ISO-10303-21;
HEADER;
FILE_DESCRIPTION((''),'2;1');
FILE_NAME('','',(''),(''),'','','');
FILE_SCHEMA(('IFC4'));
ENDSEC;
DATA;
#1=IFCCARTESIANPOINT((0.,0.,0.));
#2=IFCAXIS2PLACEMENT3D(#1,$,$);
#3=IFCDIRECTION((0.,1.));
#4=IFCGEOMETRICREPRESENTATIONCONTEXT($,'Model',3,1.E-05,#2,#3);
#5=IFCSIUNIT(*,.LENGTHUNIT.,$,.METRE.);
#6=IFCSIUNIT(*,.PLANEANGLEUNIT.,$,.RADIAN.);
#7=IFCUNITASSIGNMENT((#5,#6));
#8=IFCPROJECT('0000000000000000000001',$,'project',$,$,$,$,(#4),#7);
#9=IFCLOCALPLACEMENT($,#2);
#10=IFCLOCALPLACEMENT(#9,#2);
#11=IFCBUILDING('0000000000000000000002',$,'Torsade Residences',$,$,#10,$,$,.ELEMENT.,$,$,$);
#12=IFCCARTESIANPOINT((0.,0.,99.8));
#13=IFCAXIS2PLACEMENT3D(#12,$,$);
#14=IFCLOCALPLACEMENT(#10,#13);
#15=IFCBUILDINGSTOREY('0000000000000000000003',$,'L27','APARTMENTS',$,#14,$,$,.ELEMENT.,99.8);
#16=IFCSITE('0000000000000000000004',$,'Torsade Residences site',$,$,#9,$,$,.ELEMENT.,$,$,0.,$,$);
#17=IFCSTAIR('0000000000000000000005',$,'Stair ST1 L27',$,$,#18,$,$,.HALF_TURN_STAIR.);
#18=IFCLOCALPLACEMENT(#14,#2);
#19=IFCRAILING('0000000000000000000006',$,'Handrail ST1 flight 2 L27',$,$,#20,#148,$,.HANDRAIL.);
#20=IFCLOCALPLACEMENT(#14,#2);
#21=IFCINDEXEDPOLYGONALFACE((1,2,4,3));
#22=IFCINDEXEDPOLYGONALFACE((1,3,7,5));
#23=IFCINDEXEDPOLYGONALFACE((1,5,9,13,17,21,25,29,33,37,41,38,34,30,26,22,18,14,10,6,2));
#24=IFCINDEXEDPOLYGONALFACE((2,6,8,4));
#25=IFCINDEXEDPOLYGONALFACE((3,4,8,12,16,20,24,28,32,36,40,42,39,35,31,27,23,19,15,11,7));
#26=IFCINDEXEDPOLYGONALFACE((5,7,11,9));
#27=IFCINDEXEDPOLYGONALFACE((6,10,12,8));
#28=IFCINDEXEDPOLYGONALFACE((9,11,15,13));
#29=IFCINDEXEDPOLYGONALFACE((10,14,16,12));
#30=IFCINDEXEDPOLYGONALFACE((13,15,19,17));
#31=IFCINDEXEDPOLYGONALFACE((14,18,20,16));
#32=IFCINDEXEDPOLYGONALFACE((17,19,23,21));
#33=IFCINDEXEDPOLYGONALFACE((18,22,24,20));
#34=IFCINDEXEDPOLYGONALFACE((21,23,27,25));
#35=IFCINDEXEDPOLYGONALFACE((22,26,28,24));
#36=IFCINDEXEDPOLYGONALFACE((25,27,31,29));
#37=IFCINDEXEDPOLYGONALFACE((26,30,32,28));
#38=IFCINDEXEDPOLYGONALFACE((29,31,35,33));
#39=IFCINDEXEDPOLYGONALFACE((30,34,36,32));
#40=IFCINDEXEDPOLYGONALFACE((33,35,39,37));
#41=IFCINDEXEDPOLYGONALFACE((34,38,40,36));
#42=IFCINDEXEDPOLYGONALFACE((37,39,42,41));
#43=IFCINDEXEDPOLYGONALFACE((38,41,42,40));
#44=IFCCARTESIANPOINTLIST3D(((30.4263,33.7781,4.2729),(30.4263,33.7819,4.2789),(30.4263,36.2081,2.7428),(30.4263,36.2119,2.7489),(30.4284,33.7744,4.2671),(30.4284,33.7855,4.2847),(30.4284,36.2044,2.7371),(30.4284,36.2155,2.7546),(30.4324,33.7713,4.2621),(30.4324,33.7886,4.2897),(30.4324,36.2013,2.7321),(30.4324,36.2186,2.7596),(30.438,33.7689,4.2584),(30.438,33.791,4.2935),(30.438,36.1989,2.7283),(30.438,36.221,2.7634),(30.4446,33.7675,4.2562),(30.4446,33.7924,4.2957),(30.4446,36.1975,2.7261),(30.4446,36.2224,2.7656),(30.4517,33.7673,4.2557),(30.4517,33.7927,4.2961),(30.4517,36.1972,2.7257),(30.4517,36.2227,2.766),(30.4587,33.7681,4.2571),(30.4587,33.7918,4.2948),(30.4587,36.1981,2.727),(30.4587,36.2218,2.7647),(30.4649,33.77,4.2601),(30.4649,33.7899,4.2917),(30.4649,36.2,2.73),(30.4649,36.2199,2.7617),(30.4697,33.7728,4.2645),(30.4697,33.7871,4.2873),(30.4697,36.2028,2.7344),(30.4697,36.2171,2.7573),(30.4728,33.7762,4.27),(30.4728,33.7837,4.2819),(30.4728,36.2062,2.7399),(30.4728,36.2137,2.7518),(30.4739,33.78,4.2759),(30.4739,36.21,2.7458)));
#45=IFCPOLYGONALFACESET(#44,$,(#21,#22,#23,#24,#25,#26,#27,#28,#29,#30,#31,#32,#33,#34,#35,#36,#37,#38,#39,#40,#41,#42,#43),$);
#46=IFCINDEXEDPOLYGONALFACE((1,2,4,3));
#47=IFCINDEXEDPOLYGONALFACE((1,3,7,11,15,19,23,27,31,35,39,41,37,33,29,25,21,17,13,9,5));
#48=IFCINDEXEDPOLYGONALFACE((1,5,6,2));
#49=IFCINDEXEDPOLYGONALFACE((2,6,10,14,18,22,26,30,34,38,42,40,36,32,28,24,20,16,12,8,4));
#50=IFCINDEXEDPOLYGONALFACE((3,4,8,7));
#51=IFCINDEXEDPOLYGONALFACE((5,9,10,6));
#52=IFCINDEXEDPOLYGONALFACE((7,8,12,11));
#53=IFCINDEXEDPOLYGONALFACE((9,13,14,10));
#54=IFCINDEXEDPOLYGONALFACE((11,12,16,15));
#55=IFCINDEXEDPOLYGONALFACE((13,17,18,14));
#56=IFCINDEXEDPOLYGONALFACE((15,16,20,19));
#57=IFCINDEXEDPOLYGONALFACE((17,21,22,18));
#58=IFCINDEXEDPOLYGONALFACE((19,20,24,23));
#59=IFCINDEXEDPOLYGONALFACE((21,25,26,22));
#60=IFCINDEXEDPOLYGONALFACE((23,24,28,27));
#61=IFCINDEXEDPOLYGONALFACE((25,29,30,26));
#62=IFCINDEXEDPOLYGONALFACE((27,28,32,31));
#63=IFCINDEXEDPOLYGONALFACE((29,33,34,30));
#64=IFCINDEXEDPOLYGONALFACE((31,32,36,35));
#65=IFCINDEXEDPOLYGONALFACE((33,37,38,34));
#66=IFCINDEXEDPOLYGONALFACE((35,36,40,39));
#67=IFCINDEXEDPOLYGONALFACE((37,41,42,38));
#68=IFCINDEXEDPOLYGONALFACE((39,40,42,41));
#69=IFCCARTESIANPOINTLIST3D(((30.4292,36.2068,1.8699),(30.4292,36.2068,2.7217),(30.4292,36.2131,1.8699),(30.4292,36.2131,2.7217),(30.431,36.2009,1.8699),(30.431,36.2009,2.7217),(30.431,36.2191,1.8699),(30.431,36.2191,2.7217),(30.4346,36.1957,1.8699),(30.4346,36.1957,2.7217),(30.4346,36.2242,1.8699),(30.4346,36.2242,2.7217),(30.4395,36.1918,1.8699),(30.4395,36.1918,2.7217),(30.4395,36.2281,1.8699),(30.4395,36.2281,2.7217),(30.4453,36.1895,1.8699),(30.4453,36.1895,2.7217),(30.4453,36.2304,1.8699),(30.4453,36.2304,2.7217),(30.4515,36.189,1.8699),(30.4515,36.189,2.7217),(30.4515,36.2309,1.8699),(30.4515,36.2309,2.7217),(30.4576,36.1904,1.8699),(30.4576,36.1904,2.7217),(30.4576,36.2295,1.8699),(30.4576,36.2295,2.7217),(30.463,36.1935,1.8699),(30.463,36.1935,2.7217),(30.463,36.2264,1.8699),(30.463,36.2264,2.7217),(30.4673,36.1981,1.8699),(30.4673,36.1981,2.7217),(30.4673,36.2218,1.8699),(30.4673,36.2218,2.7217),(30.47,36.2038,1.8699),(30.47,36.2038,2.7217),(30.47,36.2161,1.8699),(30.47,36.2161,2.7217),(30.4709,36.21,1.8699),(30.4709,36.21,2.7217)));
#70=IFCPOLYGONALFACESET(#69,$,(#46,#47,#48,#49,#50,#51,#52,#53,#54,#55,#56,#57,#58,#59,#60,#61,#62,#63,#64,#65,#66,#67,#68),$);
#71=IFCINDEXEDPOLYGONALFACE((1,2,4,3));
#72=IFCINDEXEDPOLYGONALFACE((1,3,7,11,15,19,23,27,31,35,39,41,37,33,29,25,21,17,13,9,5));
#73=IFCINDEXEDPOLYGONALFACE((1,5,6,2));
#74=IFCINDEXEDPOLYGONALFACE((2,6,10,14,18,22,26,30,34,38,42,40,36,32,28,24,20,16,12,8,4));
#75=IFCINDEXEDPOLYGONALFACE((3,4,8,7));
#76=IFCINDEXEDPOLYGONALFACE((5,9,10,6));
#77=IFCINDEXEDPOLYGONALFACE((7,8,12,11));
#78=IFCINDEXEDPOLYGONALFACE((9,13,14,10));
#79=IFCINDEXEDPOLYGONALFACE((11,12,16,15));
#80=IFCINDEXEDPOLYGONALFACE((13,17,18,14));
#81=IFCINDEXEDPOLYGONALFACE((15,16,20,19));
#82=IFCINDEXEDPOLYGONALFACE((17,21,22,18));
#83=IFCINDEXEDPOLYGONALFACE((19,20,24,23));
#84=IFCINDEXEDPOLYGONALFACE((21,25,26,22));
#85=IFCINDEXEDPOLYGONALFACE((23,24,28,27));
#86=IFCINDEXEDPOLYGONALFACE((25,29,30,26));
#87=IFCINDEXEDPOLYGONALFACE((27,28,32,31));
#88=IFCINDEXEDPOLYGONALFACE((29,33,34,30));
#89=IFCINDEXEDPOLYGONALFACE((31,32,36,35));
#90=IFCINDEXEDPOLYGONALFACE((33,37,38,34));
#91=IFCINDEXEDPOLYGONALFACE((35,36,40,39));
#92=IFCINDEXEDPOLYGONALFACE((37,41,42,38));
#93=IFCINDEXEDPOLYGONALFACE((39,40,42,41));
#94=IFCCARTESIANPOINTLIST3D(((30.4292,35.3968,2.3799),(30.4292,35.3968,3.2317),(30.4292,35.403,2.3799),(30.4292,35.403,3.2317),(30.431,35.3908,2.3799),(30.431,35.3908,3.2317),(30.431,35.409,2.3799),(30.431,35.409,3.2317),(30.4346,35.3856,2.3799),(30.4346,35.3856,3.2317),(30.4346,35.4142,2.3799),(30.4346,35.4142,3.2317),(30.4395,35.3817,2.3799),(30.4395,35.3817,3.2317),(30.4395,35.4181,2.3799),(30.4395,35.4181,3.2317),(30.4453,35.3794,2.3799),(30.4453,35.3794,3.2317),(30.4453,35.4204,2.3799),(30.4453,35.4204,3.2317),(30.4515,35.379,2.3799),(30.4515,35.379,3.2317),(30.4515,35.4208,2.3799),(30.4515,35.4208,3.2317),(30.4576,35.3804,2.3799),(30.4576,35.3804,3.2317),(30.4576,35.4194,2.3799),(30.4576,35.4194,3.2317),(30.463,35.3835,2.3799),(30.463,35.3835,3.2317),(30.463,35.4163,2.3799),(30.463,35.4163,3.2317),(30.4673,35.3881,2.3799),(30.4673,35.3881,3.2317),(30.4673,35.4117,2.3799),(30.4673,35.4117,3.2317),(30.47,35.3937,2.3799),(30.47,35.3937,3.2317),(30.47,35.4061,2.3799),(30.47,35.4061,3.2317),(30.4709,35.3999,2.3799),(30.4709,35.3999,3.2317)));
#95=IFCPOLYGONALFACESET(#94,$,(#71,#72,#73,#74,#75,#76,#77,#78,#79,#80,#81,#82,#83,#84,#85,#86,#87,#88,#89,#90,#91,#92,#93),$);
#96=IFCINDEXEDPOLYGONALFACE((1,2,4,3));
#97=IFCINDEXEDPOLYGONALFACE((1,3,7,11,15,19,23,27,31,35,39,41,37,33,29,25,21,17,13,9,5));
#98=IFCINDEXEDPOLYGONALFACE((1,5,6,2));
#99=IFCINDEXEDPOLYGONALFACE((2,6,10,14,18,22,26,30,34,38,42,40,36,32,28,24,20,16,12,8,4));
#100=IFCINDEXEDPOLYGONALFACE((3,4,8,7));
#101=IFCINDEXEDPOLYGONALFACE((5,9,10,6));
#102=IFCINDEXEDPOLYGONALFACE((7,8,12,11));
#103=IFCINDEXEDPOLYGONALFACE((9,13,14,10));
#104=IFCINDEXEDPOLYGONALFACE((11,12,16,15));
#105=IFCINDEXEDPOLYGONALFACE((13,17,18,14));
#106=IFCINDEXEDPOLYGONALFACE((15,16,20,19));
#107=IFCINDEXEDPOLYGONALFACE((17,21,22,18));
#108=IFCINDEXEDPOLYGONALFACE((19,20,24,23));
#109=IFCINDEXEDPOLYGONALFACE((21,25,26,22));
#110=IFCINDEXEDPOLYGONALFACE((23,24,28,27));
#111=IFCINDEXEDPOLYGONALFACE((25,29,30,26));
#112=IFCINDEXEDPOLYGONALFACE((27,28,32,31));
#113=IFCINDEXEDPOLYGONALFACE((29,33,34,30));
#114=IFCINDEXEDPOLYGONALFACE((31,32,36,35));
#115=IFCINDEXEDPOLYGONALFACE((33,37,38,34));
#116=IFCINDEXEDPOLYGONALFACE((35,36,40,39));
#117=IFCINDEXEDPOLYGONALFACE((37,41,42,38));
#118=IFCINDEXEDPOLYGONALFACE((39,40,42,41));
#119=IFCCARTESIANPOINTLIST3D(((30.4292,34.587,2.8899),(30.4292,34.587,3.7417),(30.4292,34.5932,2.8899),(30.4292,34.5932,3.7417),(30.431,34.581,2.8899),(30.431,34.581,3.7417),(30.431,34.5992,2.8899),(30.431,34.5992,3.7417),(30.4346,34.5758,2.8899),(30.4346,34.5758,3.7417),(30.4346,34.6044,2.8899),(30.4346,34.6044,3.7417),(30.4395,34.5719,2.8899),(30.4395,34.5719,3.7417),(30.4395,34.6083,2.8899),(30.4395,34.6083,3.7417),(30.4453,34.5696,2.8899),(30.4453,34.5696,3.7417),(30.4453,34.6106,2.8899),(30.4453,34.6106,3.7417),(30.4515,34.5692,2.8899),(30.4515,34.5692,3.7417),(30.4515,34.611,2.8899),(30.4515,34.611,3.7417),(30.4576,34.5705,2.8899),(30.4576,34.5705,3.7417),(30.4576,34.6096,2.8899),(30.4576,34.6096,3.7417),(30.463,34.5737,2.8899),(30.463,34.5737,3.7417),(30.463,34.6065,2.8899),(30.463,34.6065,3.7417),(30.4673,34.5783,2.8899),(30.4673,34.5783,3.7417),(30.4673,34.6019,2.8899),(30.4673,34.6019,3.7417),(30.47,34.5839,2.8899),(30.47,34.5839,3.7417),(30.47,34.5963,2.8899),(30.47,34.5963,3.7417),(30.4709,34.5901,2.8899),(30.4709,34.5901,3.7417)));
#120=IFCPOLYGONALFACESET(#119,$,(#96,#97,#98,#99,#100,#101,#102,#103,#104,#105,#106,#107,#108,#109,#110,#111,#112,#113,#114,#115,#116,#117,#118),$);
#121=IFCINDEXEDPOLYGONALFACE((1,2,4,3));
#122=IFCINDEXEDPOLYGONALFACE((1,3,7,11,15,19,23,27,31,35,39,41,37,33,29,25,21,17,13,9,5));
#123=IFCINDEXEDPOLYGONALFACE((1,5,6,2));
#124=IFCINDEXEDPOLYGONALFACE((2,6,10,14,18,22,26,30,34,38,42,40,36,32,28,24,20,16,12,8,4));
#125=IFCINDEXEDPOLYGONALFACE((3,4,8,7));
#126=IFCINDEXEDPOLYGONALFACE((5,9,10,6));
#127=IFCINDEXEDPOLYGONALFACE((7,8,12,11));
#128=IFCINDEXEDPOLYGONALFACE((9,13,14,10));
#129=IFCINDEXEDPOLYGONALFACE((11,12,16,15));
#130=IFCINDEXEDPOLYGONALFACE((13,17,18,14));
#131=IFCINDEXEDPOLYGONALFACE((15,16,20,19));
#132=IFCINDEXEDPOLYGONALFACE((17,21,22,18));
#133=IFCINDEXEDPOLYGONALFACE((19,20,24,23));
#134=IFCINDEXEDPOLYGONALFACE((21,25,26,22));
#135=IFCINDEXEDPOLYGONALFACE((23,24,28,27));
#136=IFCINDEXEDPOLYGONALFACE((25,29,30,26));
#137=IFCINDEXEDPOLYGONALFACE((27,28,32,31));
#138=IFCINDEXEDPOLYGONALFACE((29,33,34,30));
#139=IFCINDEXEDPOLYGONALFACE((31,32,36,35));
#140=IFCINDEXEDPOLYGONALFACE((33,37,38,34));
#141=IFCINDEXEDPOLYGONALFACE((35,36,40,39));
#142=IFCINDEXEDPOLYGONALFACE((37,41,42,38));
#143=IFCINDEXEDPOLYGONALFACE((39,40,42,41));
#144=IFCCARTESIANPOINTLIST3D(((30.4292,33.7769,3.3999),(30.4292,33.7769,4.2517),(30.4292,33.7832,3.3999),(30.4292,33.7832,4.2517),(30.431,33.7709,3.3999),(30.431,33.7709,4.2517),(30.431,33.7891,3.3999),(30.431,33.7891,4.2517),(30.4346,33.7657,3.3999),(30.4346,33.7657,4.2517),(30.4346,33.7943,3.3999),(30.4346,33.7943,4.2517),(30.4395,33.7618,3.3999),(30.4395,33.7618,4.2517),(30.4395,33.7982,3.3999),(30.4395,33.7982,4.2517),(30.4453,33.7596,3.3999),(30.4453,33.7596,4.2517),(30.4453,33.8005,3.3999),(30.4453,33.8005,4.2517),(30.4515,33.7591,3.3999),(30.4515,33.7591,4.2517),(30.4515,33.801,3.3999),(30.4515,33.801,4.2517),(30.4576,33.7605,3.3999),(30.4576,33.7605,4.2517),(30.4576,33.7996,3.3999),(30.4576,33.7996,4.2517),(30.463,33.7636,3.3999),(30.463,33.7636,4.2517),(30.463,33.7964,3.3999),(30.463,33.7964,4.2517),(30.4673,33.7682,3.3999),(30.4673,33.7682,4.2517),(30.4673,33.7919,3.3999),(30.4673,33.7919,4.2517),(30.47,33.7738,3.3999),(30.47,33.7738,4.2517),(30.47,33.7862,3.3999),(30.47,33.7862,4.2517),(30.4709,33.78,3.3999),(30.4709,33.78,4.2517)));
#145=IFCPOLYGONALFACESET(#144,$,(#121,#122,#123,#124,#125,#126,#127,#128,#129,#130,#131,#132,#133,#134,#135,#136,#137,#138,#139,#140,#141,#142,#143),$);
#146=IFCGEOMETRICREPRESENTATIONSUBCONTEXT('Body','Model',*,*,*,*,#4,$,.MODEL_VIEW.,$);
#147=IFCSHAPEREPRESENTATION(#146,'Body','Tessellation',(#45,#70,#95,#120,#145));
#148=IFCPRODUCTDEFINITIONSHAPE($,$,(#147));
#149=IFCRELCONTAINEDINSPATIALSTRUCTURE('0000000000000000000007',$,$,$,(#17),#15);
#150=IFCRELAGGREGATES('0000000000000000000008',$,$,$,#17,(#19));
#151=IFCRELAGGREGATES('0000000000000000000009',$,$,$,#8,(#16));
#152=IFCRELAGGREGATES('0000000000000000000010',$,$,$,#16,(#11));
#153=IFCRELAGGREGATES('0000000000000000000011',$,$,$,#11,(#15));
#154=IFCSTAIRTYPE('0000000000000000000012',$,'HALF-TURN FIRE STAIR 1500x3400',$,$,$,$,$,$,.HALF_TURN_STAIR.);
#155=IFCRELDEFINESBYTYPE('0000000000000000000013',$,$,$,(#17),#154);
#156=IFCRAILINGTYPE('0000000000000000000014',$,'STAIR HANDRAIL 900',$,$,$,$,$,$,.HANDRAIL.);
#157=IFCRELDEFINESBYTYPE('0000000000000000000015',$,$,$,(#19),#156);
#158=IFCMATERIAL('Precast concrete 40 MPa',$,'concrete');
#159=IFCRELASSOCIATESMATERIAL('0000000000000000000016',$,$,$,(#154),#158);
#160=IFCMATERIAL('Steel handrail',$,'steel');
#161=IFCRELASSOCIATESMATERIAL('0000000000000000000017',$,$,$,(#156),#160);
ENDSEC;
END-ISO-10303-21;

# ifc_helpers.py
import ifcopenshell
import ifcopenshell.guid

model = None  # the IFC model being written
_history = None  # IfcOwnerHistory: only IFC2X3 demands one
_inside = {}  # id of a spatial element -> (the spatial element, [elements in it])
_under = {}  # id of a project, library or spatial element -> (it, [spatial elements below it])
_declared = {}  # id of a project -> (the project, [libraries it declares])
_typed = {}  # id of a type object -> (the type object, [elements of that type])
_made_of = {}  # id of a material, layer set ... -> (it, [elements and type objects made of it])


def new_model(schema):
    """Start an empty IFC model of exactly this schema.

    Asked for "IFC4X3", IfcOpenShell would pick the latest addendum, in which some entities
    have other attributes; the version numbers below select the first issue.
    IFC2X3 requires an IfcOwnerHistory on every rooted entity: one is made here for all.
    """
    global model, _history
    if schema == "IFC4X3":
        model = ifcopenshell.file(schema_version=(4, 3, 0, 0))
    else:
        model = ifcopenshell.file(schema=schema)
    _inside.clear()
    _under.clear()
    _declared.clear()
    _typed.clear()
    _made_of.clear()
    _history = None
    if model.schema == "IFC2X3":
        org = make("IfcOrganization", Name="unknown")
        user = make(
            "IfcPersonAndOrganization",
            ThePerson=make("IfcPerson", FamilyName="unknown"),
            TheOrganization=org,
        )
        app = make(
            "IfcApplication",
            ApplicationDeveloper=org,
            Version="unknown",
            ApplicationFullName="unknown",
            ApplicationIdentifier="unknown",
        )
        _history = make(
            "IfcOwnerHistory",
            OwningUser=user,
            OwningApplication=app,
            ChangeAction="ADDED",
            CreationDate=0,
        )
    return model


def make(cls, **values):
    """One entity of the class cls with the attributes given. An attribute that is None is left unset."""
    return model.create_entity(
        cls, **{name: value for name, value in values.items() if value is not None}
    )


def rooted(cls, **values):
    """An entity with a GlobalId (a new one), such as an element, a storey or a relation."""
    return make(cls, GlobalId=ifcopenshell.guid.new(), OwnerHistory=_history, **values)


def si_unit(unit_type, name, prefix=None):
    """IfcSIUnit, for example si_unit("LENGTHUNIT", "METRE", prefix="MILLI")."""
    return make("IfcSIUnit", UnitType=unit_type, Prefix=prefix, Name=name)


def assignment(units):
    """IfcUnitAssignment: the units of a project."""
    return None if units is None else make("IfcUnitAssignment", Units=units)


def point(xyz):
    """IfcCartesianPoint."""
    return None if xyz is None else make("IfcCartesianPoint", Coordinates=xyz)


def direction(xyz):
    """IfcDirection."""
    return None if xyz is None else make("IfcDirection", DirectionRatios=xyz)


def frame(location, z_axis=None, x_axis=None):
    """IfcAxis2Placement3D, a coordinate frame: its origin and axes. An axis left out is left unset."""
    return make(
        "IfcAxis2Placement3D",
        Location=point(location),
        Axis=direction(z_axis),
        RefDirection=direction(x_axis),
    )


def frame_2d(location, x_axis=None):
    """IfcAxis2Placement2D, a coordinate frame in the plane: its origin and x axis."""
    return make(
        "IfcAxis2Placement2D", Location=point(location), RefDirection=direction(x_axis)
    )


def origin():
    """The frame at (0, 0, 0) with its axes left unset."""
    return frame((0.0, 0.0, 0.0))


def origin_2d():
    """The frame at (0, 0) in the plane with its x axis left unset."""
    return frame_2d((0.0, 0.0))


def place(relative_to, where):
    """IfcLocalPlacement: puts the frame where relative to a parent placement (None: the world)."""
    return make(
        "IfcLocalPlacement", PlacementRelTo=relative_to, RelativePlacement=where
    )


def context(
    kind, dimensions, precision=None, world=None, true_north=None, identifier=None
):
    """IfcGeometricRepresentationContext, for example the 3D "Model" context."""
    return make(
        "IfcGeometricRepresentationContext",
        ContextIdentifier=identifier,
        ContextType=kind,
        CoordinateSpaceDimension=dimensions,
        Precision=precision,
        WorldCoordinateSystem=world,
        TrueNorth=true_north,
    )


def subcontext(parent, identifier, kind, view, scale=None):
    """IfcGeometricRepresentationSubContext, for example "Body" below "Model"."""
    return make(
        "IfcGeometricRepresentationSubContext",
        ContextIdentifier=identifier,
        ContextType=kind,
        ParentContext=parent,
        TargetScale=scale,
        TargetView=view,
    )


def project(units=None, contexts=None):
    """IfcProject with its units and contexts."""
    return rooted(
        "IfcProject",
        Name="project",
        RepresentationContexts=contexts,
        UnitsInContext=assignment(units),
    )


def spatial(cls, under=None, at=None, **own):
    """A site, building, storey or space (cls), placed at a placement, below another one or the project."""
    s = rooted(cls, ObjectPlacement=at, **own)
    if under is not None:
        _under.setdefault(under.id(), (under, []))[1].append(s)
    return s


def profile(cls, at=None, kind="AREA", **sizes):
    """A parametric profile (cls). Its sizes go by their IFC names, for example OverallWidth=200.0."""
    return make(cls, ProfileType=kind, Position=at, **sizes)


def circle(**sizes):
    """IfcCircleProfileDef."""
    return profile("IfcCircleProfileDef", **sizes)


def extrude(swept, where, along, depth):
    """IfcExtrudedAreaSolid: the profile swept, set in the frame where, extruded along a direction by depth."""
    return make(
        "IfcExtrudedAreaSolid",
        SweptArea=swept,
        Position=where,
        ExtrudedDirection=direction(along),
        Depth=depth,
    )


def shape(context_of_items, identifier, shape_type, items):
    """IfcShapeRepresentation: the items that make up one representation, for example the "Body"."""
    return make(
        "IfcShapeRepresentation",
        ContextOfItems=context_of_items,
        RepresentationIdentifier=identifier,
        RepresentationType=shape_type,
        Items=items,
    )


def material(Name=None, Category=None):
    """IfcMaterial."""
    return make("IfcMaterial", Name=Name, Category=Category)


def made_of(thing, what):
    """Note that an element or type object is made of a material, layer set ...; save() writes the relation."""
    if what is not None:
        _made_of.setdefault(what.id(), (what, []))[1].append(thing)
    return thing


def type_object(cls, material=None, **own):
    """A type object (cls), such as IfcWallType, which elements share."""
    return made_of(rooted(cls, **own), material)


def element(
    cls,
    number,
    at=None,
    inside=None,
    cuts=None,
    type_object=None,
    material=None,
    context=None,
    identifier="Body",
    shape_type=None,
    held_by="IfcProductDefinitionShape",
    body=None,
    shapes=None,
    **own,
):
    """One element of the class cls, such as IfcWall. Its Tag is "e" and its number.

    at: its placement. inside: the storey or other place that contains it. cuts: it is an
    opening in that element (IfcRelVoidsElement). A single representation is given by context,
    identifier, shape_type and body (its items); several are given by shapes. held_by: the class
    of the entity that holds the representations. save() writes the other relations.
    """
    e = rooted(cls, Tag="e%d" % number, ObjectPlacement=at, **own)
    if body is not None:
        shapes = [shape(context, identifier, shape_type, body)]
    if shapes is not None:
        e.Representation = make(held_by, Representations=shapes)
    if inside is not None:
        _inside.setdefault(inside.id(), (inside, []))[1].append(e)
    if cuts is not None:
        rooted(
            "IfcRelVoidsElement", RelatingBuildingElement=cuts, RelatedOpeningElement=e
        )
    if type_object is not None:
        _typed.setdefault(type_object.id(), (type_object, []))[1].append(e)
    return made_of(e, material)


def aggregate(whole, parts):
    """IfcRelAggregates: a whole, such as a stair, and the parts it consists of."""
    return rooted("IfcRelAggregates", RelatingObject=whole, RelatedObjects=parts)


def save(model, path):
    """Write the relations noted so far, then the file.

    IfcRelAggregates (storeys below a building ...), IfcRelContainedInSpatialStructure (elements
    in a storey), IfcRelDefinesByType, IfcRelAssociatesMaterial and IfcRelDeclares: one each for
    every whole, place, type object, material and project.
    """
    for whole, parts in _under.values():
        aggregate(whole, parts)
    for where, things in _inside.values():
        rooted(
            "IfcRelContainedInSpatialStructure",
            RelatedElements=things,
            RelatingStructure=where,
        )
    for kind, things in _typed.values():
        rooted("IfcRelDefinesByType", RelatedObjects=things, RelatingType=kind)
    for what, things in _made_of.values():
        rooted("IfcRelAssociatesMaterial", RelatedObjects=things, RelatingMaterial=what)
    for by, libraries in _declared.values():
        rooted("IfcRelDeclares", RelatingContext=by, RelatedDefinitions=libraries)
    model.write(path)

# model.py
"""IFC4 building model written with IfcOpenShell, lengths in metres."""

from ifc_helpers import new_model, si_unit, direction, frame, origin, origin_2d, place, context, subcontext, project, spatial, circle, extrude, material, type_object, element, aggregate, save


model = new_model("IFC4")

# Units and contexts
model_context = context("Model", 3, precision=1e-05, world=origin(), true_north=direction((0.0, 1.0)))
body_context = subcontext(model_context, "Body", "Model", "MODEL_VIEW")
ifc_project = project(units=[si_unit("LENGTHUNIT", "METRE"), si_unit("PLANEANGLEUNIT", "RADIAN")], contexts=[model_context])

# Site, building, storey
site_placement = place(None, origin())
site = spatial("IfcSite", under=ifc_project, at=site_placement, Name="Torsade Residences site", CompositionType="ELEMENT", RefElevation=0.0)
building_placement = place(site_placement, origin())
building = spatial("IfcBuilding", under=site, at=building_placement, Name="Torsade Residences", CompositionType="ELEMENT")
storey_placement = place(building_placement, frame((0.0, 0.0, 99.8)))
storey = spatial("IfcBuildingStorey", under=building, at=storey_placement, Name="L27", Description="APARTMENTS", CompositionType="ELEMENT", Elevation=99.8)

# Stair, railing
ifc_material_1 = material(Name="Precast concrete 40 MPa", Category="concrete")
stair_type = type_object("IfcStairType", Name="HALF-TURN FIRE STAIR 1500x3400", PredefinedType="HALF_TURN_STAIR", material=ifc_material_1)
stair_placement = place(storey_placement, origin())
stair = element("IfcStair", 1, at=stair_placement, inside=storey, type_object=stair_type, Name="Stair ST1 L27", PredefinedType="HALF_TURN_STAIR")
ifc_material_2 = material(Name="Steel handrail", Category="steel")
railing_type = type_object("IfcRailingType", Name="STAIR HANDRAIL 900", PredefinedType="HANDRAIL", material=ifc_material_2)
railing_1_placement = place(storey_placement, frame((30.45, 36.21, 1.8699)))
railing_1 = element("IfcRailing", 2, at=railing_1_placement, type_object=railing_type, Name="Handrail ST1 flight 2 L27", PredefinedType="HANDRAIL", context=body_context, shape_type="SweptSolid", body=[
    extrude(circle(Radius=0.0239, at=origin_2d()), frame((0.0, 0.0, 0.876), z_axis=(0.0, -0.846221, 0.532831), x_axis=(1.0, 0.0, 0.0)), (0.0, 0.0, 1.0), 2.8716),
    extrude(circle(Radius=0.021, at=origin_2d()), origin(), (0.0, 0.0, 1.0), 0.8518),
    extrude(circle(Radius=0.021, at=origin_2d()), frame((0.0, -0.8101, 0.51)), (0.0, 0.0, 1.0), 0.8518),
    extrude(circle(Radius=0.021, at=origin_2d()), frame((0.0, -1.6199, 1.02)), (0.0, 0.0, 1.0), 0.8518),
    extrude(circle(Radius=0.021, at=origin_2d()), frame((0.0, -2.4299, 1.53)), (0.0, 0.0, 1.0), 0.8518),
])
aggregate(stair, [railing_1])

save(model, "model.ifc")
